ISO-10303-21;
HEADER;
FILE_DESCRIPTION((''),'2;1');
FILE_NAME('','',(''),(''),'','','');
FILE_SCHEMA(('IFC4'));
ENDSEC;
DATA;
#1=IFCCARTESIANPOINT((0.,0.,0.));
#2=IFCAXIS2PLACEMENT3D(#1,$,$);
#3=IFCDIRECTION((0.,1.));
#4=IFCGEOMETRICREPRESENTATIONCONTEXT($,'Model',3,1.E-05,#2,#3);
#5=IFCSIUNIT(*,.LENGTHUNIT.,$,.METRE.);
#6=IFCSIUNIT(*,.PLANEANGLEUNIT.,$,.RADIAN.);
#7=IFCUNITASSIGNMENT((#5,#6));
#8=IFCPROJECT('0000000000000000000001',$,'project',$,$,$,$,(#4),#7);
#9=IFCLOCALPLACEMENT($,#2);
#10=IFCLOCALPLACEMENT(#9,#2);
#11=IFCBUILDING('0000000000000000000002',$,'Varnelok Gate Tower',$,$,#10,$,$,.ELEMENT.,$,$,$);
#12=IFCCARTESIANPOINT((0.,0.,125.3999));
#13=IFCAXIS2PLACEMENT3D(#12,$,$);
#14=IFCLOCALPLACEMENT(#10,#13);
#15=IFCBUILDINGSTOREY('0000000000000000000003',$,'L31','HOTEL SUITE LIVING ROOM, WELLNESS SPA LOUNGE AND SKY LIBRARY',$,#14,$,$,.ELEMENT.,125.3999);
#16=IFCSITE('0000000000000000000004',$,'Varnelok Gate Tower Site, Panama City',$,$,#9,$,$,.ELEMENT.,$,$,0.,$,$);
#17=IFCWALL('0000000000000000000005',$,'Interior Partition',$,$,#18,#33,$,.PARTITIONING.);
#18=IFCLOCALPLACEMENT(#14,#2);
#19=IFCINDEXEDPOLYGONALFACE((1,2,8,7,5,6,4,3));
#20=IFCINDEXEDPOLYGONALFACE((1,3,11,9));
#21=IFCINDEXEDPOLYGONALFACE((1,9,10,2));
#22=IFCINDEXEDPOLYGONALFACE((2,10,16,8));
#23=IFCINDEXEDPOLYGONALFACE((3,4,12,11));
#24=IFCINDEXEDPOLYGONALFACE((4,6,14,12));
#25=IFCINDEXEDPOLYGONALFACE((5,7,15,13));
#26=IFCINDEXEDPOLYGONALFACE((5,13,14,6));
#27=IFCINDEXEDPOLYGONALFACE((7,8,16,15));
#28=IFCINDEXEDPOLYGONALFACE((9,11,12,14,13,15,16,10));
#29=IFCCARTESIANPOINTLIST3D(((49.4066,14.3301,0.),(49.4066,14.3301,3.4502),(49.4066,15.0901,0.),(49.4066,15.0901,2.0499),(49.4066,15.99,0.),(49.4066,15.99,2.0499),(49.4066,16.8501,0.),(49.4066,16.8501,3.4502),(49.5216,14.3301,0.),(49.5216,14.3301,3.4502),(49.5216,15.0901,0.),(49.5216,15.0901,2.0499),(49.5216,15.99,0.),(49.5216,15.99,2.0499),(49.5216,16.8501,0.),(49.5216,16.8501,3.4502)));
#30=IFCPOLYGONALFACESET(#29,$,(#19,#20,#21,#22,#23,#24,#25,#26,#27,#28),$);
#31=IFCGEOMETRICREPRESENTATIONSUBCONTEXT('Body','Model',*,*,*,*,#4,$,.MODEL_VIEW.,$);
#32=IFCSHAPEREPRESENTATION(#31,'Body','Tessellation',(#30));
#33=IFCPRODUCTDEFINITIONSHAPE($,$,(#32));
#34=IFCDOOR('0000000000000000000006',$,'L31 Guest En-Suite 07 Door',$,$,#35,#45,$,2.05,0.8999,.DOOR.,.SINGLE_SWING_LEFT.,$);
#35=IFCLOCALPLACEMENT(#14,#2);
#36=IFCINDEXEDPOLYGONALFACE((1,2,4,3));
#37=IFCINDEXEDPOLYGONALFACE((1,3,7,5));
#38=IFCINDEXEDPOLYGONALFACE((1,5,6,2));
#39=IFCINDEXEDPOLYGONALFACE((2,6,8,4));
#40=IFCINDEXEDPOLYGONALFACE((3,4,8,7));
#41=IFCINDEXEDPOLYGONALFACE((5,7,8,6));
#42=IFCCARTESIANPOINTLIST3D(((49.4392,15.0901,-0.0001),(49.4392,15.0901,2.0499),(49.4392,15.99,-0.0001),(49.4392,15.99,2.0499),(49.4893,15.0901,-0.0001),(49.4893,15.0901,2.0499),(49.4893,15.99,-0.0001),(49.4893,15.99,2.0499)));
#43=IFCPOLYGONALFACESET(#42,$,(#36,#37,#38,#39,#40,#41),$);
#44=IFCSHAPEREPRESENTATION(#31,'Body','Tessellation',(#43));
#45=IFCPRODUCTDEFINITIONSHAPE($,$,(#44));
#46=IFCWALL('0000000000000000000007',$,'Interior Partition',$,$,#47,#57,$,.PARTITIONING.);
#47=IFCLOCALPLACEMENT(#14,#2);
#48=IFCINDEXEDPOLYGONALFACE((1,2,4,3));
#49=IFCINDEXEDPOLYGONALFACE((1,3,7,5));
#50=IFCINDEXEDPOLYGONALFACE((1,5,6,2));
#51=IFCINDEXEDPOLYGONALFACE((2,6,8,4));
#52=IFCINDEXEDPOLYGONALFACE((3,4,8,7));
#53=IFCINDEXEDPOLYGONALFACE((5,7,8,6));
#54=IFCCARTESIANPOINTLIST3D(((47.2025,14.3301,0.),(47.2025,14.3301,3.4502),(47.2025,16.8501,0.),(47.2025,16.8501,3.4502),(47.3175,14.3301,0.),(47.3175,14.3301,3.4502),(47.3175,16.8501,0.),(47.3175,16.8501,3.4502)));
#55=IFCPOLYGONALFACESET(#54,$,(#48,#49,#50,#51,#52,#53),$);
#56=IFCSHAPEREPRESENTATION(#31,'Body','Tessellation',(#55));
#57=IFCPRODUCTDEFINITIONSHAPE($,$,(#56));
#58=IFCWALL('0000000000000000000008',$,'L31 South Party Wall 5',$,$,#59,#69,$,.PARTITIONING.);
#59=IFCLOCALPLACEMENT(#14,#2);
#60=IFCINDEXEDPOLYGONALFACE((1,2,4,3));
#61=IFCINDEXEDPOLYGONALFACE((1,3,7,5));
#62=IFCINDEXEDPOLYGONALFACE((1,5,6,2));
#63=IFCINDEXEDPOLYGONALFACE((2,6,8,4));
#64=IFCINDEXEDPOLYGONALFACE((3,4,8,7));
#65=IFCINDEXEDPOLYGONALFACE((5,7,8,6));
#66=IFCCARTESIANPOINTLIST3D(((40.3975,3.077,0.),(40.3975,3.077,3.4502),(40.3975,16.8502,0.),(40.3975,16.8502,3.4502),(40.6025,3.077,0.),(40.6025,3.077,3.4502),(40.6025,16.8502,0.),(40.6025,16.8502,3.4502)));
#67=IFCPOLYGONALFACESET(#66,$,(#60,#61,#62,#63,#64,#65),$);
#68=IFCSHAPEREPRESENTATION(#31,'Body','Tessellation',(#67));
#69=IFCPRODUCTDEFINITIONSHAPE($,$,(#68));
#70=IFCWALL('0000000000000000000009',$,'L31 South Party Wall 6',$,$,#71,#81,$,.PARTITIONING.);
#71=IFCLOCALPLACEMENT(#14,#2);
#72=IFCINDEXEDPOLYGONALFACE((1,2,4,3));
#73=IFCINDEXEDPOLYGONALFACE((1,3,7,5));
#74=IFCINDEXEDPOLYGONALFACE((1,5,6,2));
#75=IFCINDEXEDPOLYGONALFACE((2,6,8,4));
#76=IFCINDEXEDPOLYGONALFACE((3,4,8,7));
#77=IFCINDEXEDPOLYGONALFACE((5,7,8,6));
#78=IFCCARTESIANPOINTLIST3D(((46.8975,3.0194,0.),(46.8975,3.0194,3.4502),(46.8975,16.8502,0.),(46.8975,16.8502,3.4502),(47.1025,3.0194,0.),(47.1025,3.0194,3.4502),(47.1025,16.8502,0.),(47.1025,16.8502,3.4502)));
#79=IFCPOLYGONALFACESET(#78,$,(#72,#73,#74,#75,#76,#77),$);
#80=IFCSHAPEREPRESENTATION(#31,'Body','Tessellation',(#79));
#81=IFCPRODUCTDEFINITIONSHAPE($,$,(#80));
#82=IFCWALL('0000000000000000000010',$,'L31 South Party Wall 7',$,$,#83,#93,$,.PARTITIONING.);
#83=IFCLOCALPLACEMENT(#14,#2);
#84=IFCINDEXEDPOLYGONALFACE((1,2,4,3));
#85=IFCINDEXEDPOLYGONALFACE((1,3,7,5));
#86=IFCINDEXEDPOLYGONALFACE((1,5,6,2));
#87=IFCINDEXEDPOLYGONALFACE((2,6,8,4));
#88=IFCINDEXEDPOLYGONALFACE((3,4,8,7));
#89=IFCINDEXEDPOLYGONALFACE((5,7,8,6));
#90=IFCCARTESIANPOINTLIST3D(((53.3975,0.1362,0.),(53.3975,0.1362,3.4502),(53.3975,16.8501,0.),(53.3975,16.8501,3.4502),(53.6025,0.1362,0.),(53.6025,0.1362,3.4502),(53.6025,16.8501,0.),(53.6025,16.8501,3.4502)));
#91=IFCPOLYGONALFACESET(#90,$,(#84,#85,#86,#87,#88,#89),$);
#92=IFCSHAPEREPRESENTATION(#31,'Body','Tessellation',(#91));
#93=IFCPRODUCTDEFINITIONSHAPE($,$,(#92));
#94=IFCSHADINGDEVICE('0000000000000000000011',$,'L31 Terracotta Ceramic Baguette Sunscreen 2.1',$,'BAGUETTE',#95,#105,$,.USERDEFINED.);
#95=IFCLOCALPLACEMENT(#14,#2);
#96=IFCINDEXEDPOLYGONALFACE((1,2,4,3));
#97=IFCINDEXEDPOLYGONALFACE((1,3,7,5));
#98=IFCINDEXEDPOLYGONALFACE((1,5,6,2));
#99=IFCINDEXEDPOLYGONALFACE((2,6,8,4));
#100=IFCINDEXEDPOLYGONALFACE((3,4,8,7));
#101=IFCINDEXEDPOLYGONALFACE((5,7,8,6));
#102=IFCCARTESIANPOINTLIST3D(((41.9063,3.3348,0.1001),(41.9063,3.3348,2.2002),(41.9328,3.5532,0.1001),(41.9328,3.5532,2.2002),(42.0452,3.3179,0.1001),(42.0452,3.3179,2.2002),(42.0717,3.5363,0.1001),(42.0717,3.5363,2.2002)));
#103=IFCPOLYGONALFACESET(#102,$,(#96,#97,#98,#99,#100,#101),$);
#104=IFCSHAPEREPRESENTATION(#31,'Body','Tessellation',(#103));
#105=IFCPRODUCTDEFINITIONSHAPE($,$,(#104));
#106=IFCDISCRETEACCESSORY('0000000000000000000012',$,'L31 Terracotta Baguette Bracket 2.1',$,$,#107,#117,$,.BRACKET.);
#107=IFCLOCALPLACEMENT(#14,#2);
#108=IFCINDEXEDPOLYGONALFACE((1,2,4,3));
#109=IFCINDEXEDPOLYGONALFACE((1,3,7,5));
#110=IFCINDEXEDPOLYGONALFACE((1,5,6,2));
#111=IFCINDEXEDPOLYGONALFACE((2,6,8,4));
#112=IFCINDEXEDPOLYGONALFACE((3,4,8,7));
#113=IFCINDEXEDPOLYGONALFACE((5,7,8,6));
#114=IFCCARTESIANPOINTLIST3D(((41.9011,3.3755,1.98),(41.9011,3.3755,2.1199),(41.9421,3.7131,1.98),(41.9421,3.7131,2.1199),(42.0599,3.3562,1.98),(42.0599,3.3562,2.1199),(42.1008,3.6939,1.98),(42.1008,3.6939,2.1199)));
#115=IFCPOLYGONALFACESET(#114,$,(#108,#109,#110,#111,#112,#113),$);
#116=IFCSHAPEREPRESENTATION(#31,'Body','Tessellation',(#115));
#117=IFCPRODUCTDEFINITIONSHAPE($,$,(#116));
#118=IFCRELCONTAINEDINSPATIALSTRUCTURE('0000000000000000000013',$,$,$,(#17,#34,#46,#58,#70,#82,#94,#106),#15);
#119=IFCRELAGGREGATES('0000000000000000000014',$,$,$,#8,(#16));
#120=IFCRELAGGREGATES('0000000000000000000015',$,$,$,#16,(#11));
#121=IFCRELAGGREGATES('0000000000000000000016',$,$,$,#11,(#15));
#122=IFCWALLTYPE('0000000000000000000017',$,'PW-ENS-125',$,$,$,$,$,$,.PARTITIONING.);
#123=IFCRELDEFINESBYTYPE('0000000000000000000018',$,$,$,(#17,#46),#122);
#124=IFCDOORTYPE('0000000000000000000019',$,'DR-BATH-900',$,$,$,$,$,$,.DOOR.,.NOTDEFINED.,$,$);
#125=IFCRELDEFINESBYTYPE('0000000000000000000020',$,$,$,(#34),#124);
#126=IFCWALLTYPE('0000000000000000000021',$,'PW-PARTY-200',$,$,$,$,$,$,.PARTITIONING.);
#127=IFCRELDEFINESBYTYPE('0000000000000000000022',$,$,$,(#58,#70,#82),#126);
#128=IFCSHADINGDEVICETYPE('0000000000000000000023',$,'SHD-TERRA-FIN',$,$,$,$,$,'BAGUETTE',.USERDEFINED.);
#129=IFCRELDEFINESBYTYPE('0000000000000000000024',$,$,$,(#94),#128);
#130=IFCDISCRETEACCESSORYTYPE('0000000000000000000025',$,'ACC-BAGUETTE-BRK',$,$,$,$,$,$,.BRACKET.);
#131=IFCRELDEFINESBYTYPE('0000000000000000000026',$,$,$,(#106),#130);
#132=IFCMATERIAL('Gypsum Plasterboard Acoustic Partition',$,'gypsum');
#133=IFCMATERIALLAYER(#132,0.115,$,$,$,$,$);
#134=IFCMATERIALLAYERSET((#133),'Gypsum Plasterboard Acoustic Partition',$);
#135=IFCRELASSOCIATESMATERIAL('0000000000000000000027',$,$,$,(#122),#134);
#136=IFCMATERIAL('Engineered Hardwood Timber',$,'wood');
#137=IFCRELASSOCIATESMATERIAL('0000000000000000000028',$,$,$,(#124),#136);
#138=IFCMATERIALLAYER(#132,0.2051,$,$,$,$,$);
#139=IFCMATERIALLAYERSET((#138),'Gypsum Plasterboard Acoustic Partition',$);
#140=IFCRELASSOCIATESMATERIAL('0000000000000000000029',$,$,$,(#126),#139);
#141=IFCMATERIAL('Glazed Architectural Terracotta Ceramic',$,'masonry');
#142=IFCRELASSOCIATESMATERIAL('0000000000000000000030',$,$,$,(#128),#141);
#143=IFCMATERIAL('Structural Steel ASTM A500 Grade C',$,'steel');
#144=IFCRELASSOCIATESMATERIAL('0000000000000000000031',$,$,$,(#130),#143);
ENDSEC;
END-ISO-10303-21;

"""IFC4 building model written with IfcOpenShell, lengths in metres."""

from ifc_helpers import new_model, si_unit, direction, frame, frame_2d, origin, origin_2d, place, context, subcontext, project, spatial, rectangle, extrude, source, transform, mapped, material, layer, layer_set, type_object, element, fill, save


model = new_model("IFC4")

# Units and contexts
model_context = context("Model", 3, precision=1e-05, world=origin(), true_north=direction((0.0, 1.0)))
body_context = subcontext(model_context, "Body", "Model", "MODEL_VIEW")
ifc_project = project(units=[si_unit("LENGTHUNIT", "METRE"), si_unit("PLANEANGLEUNIT", "RADIAN")], contexts=[model_context])

# Site, building, storey
site_placement = place(None, origin())
site = spatial("IfcSite", under=ifc_project, at=site_placement, Name="Varnelok Gate Tower Site, Panama City", CompositionType="ELEMENT", RefElevation=0.0)
building_placement = place(site_placement, origin())
building = spatial("IfcBuilding", under=site, at=building_placement, Name="Varnelok Gate Tower", CompositionType="ELEMENT")
storey_placement = place(building_placement, frame((0.0, 0.0, 125.3999)))
storey = spatial("IfcBuildingStorey", under=building, at=storey_placement, Name="L31", Description="HOTEL SUITE LIVING ROOM, WELLNESS SPA LOUNGE AND SKY LIBRARY", CompositionType="ELEMENT", Elevation=125.3999)

# Shared definitions
ifc_material_1 = material(Name="Gypsum Plasterboard Acoustic Partition", Category="gypsum")
ifc_layer_1 = layer(ifc_material_1, 0.115)
ifc_layer_set_1 = layer_set([ifc_layer_1], Name="Gypsum Plasterboard Acoustic Partition")
wall_type_1 = type_object("IfcWallType", Name="PW-ENS-125", PredefinedType="PARTITIONING", material=ifc_layer_set_1)

# Shared definitions
ifc_material_2 = material(Name="Engineered Hardwood Timber", Category="wood")
door_type_1 = type_object("IfcDoorType", Name="DR-BATH-900", OperationType="NOTDEFINED", PredefinedType="DOOR", material=ifc_material_2)

# Wall, opening, door
wall_1_placement = place(storey_placement, frame((49.4641, 14.3301, 0.0), z_axis=(0.0, 0.0, 1.0), x_axis=(0.0, 1.0, 0.0)))
wall_1 = element("IfcWall", 1, at=wall_1_placement, inside=storey, type_object=wall_type_1, Name="Interior Partition", PredefinedType="PARTITIONING", context=body_context, shape_type="SweptSolid", body=[
    extrude(rectangle(XDim=2.52, YDim=0.115, at=frame_2d((1.26, 0.0))), origin(), (0.0, 0.0, 1.0), 3.4502),
])
opening_1_placement = place(wall_1_placement, frame((0.76, 0.0, 0.0)))
opening_1 = element("IfcOpeningElement", 2, at=opening_1_placement, cuts=wall_1, PredefinedType="OPENING", context=body_context, shape_type="SweptSolid", body=[
    extrude(rectangle(XDim=0.8999, YDim=2.05, at=frame_2d((0.45, 1.0249))), frame((0.0, 0.0674, 0.0), z_axis=(0.0, -1.0, 0.0), x_axis=(1.0, 0.0, 0.0)), (0.0, 0.0, 1.0), 0.135),
])
door_1_placement = place(opening_1_placement, origin())
door_1 = element("IfcDoor", 3, at=door_1_placement, inside=storey, type_object=door_type_1, Name="L31 Guest En-Suite 07 Door", OperationType="SINGLE_SWING_LEFT", OverallHeight=2.05, OverallWidth=0.8999, PredefinedType="DOOR", context=body_context, shape_type="SweptSolid", body=[
    extrude(rectangle(XDim=0.8999, YDim=2.05, at=frame_2d((0.45, 1.0249))), frame((0.0, 0.0249, 0.0), z_axis=(0.0, -1.0, 0.0), x_axis=(1.0, 0.0, 0.0)), (0.0, 0.0, 1.0), 0.05),
])
fill(opening_1, door_1)

# Walls
wall_2_placement = place(storey_placement, frame((47.26, 14.3301, 0.0), z_axis=(0.0, 0.0, 1.0), x_axis=(0.0, 1.0, 0.0)))
element("IfcWall", 4, at=wall_2_placement, inside=storey, type_object=wall_type_1, Name="Interior Partition", PredefinedType="PARTITIONING", context=body_context, shape_type="SweptSolid", body=[
    extrude(rectangle(XDim=2.52, YDim=0.115, at=frame_2d((1.26, 0.0))), origin(), (0.0, 0.0, 1.0), 3.4502),
])
ifc_layer_2 = layer(ifc_material_1, 0.2051)
ifc_layer_set_2 = layer_set([ifc_layer_2], Name="Gypsum Plasterboard Acoustic Partition")
wall_type_2 = type_object("IfcWallType", Name="PW-PARTY-200", PredefinedType="PARTITIONING", material=ifc_layer_set_2)
wall_3_placement = place(storey_placement, frame((40.5, 3.0769, 0.0), z_axis=(0.0, 0.0, 1.0), x_axis=(0.0, 1.0, 0.0)))
element("IfcWall", 5, at=wall_3_placement, inside=storey, type_object=wall_type_2, Name="L31 South Party Wall 5", PredefinedType="PARTITIONING", context=body_context, shape_type="SweptSolid", body=[
    extrude(rectangle(XDim=13.7732, YDim=0.2051, at=frame_2d((6.8867, 0.0))), origin(), (0.0, 0.0, 1.0), 3.4502),
])
wall_4_placement = place(storey_placement, frame((47.0, 3.0193, 0.0), z_axis=(0.0, 0.0, 1.0), x_axis=(0.0, 1.0, 0.0)))
element("IfcWall", 6, at=wall_4_placement, inside=storey, type_object=wall_type_2, Name="L31 South Party Wall 6", PredefinedType="PARTITIONING", context=body_context, shape_type="SweptSolid", body=[
    extrude(rectangle(XDim=13.8308, YDim=0.2051, at=frame_2d((6.9155, 0.0))), origin(), (0.0, 0.0, 1.0), 3.4502),
])
wall_5_placement = place(storey_placement, frame((53.5, 0.1362, 0.0), z_axis=(0.0, 0.0, 1.0), x_axis=(0.0, 1.0, 0.0)))
element("IfcWall", 7, at=wall_5_placement, inside=storey, type_object=wall_type_2, Name="L31 South Party Wall 7", PredefinedType="PARTITIONING", context=body_context, shape_type="SweptSolid", body=[
    extrude(rectangle(XDim=16.7139, YDim=0.2051, at=frame_2d((8.3569, 0.0))), origin(), (0.0, 0.0, 1.0), 3.4502),
])

# Shading device
ifc_material_3 = material(Name="Glazed Architectural Terracotta Ceramic", Category="masonry")
shading_device_type = type_object("IfcShadingDeviceType", Name="SHD-TERRA-FIN", ElementType="BAGUETTE", PredefinedType="USERDEFINED", material=ifc_material_3)
shared_shape_1 = source(origin(), body_context, "Body", "SweptSolid", [
    extrude(rectangle(XDim=0.1399, YDim=0.22, at=origin_2d()), origin(), (0.0, 0.0, 1.0), 2.1001),
])
shading_device_placement = place(storey_placement, frame((41.989, 3.4355, 0.1001), z_axis=(0.0, 0.0, 1.0), x_axis=(0.992732, -0.120345, 0.0)))
element("IfcShadingDevice", 8, at=shading_device_placement, inside=storey, type_object=shading_device_type, Name="L31 Terracotta Ceramic Baguette Sunscreen 2.1", ObjectType="BAGUETTE", PredefinedType="USERDEFINED", context=body_context, shape_type="MappedRepresentation", body=[
    mapped(shared_shape_1, transform((0.0, 0.0, 0.0), scale=1.0)),
])

# Discrete accessory
ifc_material_4 = material(Name="Structural Steel ASTM A500 Grade C", Category="steel")
discrete_accessory_type = type_object("IfcDiscreteAccessoryType", Name="ACC-BAGUETTE-BRK", PredefinedType="BRACKET", material=ifc_material_4)
shared_shape_2 = source(origin(), body_context, "Body", "SweptSolid", [
    extrude(rectangle(XDim=0.1599, YDim=0.3401, at=origin_2d()), origin(), (0.0, 0.0, 1.0), 0.1399),
])
discrete_accessory_placement = place(storey_placement, frame((42.001, 3.5347, 1.98), z_axis=(0.0, 0.0, 1.0), x_axis=(0.992732, -0.120345, 0.0)))
element("IfcDiscreteAccessory", 9, at=discrete_accessory_placement, inside=storey, type_object=discrete_accessory_type, Name="L31 Terracotta Baguette Bracket 2.1", PredefinedType="BRACKET", context=body_context, shape_type="MappedRepresentation", body=[
    mapped(shared_shape_2, transform((0.0, 0.0, 0.0), scale=1.0)),
])

save(model, "model.ifc")
